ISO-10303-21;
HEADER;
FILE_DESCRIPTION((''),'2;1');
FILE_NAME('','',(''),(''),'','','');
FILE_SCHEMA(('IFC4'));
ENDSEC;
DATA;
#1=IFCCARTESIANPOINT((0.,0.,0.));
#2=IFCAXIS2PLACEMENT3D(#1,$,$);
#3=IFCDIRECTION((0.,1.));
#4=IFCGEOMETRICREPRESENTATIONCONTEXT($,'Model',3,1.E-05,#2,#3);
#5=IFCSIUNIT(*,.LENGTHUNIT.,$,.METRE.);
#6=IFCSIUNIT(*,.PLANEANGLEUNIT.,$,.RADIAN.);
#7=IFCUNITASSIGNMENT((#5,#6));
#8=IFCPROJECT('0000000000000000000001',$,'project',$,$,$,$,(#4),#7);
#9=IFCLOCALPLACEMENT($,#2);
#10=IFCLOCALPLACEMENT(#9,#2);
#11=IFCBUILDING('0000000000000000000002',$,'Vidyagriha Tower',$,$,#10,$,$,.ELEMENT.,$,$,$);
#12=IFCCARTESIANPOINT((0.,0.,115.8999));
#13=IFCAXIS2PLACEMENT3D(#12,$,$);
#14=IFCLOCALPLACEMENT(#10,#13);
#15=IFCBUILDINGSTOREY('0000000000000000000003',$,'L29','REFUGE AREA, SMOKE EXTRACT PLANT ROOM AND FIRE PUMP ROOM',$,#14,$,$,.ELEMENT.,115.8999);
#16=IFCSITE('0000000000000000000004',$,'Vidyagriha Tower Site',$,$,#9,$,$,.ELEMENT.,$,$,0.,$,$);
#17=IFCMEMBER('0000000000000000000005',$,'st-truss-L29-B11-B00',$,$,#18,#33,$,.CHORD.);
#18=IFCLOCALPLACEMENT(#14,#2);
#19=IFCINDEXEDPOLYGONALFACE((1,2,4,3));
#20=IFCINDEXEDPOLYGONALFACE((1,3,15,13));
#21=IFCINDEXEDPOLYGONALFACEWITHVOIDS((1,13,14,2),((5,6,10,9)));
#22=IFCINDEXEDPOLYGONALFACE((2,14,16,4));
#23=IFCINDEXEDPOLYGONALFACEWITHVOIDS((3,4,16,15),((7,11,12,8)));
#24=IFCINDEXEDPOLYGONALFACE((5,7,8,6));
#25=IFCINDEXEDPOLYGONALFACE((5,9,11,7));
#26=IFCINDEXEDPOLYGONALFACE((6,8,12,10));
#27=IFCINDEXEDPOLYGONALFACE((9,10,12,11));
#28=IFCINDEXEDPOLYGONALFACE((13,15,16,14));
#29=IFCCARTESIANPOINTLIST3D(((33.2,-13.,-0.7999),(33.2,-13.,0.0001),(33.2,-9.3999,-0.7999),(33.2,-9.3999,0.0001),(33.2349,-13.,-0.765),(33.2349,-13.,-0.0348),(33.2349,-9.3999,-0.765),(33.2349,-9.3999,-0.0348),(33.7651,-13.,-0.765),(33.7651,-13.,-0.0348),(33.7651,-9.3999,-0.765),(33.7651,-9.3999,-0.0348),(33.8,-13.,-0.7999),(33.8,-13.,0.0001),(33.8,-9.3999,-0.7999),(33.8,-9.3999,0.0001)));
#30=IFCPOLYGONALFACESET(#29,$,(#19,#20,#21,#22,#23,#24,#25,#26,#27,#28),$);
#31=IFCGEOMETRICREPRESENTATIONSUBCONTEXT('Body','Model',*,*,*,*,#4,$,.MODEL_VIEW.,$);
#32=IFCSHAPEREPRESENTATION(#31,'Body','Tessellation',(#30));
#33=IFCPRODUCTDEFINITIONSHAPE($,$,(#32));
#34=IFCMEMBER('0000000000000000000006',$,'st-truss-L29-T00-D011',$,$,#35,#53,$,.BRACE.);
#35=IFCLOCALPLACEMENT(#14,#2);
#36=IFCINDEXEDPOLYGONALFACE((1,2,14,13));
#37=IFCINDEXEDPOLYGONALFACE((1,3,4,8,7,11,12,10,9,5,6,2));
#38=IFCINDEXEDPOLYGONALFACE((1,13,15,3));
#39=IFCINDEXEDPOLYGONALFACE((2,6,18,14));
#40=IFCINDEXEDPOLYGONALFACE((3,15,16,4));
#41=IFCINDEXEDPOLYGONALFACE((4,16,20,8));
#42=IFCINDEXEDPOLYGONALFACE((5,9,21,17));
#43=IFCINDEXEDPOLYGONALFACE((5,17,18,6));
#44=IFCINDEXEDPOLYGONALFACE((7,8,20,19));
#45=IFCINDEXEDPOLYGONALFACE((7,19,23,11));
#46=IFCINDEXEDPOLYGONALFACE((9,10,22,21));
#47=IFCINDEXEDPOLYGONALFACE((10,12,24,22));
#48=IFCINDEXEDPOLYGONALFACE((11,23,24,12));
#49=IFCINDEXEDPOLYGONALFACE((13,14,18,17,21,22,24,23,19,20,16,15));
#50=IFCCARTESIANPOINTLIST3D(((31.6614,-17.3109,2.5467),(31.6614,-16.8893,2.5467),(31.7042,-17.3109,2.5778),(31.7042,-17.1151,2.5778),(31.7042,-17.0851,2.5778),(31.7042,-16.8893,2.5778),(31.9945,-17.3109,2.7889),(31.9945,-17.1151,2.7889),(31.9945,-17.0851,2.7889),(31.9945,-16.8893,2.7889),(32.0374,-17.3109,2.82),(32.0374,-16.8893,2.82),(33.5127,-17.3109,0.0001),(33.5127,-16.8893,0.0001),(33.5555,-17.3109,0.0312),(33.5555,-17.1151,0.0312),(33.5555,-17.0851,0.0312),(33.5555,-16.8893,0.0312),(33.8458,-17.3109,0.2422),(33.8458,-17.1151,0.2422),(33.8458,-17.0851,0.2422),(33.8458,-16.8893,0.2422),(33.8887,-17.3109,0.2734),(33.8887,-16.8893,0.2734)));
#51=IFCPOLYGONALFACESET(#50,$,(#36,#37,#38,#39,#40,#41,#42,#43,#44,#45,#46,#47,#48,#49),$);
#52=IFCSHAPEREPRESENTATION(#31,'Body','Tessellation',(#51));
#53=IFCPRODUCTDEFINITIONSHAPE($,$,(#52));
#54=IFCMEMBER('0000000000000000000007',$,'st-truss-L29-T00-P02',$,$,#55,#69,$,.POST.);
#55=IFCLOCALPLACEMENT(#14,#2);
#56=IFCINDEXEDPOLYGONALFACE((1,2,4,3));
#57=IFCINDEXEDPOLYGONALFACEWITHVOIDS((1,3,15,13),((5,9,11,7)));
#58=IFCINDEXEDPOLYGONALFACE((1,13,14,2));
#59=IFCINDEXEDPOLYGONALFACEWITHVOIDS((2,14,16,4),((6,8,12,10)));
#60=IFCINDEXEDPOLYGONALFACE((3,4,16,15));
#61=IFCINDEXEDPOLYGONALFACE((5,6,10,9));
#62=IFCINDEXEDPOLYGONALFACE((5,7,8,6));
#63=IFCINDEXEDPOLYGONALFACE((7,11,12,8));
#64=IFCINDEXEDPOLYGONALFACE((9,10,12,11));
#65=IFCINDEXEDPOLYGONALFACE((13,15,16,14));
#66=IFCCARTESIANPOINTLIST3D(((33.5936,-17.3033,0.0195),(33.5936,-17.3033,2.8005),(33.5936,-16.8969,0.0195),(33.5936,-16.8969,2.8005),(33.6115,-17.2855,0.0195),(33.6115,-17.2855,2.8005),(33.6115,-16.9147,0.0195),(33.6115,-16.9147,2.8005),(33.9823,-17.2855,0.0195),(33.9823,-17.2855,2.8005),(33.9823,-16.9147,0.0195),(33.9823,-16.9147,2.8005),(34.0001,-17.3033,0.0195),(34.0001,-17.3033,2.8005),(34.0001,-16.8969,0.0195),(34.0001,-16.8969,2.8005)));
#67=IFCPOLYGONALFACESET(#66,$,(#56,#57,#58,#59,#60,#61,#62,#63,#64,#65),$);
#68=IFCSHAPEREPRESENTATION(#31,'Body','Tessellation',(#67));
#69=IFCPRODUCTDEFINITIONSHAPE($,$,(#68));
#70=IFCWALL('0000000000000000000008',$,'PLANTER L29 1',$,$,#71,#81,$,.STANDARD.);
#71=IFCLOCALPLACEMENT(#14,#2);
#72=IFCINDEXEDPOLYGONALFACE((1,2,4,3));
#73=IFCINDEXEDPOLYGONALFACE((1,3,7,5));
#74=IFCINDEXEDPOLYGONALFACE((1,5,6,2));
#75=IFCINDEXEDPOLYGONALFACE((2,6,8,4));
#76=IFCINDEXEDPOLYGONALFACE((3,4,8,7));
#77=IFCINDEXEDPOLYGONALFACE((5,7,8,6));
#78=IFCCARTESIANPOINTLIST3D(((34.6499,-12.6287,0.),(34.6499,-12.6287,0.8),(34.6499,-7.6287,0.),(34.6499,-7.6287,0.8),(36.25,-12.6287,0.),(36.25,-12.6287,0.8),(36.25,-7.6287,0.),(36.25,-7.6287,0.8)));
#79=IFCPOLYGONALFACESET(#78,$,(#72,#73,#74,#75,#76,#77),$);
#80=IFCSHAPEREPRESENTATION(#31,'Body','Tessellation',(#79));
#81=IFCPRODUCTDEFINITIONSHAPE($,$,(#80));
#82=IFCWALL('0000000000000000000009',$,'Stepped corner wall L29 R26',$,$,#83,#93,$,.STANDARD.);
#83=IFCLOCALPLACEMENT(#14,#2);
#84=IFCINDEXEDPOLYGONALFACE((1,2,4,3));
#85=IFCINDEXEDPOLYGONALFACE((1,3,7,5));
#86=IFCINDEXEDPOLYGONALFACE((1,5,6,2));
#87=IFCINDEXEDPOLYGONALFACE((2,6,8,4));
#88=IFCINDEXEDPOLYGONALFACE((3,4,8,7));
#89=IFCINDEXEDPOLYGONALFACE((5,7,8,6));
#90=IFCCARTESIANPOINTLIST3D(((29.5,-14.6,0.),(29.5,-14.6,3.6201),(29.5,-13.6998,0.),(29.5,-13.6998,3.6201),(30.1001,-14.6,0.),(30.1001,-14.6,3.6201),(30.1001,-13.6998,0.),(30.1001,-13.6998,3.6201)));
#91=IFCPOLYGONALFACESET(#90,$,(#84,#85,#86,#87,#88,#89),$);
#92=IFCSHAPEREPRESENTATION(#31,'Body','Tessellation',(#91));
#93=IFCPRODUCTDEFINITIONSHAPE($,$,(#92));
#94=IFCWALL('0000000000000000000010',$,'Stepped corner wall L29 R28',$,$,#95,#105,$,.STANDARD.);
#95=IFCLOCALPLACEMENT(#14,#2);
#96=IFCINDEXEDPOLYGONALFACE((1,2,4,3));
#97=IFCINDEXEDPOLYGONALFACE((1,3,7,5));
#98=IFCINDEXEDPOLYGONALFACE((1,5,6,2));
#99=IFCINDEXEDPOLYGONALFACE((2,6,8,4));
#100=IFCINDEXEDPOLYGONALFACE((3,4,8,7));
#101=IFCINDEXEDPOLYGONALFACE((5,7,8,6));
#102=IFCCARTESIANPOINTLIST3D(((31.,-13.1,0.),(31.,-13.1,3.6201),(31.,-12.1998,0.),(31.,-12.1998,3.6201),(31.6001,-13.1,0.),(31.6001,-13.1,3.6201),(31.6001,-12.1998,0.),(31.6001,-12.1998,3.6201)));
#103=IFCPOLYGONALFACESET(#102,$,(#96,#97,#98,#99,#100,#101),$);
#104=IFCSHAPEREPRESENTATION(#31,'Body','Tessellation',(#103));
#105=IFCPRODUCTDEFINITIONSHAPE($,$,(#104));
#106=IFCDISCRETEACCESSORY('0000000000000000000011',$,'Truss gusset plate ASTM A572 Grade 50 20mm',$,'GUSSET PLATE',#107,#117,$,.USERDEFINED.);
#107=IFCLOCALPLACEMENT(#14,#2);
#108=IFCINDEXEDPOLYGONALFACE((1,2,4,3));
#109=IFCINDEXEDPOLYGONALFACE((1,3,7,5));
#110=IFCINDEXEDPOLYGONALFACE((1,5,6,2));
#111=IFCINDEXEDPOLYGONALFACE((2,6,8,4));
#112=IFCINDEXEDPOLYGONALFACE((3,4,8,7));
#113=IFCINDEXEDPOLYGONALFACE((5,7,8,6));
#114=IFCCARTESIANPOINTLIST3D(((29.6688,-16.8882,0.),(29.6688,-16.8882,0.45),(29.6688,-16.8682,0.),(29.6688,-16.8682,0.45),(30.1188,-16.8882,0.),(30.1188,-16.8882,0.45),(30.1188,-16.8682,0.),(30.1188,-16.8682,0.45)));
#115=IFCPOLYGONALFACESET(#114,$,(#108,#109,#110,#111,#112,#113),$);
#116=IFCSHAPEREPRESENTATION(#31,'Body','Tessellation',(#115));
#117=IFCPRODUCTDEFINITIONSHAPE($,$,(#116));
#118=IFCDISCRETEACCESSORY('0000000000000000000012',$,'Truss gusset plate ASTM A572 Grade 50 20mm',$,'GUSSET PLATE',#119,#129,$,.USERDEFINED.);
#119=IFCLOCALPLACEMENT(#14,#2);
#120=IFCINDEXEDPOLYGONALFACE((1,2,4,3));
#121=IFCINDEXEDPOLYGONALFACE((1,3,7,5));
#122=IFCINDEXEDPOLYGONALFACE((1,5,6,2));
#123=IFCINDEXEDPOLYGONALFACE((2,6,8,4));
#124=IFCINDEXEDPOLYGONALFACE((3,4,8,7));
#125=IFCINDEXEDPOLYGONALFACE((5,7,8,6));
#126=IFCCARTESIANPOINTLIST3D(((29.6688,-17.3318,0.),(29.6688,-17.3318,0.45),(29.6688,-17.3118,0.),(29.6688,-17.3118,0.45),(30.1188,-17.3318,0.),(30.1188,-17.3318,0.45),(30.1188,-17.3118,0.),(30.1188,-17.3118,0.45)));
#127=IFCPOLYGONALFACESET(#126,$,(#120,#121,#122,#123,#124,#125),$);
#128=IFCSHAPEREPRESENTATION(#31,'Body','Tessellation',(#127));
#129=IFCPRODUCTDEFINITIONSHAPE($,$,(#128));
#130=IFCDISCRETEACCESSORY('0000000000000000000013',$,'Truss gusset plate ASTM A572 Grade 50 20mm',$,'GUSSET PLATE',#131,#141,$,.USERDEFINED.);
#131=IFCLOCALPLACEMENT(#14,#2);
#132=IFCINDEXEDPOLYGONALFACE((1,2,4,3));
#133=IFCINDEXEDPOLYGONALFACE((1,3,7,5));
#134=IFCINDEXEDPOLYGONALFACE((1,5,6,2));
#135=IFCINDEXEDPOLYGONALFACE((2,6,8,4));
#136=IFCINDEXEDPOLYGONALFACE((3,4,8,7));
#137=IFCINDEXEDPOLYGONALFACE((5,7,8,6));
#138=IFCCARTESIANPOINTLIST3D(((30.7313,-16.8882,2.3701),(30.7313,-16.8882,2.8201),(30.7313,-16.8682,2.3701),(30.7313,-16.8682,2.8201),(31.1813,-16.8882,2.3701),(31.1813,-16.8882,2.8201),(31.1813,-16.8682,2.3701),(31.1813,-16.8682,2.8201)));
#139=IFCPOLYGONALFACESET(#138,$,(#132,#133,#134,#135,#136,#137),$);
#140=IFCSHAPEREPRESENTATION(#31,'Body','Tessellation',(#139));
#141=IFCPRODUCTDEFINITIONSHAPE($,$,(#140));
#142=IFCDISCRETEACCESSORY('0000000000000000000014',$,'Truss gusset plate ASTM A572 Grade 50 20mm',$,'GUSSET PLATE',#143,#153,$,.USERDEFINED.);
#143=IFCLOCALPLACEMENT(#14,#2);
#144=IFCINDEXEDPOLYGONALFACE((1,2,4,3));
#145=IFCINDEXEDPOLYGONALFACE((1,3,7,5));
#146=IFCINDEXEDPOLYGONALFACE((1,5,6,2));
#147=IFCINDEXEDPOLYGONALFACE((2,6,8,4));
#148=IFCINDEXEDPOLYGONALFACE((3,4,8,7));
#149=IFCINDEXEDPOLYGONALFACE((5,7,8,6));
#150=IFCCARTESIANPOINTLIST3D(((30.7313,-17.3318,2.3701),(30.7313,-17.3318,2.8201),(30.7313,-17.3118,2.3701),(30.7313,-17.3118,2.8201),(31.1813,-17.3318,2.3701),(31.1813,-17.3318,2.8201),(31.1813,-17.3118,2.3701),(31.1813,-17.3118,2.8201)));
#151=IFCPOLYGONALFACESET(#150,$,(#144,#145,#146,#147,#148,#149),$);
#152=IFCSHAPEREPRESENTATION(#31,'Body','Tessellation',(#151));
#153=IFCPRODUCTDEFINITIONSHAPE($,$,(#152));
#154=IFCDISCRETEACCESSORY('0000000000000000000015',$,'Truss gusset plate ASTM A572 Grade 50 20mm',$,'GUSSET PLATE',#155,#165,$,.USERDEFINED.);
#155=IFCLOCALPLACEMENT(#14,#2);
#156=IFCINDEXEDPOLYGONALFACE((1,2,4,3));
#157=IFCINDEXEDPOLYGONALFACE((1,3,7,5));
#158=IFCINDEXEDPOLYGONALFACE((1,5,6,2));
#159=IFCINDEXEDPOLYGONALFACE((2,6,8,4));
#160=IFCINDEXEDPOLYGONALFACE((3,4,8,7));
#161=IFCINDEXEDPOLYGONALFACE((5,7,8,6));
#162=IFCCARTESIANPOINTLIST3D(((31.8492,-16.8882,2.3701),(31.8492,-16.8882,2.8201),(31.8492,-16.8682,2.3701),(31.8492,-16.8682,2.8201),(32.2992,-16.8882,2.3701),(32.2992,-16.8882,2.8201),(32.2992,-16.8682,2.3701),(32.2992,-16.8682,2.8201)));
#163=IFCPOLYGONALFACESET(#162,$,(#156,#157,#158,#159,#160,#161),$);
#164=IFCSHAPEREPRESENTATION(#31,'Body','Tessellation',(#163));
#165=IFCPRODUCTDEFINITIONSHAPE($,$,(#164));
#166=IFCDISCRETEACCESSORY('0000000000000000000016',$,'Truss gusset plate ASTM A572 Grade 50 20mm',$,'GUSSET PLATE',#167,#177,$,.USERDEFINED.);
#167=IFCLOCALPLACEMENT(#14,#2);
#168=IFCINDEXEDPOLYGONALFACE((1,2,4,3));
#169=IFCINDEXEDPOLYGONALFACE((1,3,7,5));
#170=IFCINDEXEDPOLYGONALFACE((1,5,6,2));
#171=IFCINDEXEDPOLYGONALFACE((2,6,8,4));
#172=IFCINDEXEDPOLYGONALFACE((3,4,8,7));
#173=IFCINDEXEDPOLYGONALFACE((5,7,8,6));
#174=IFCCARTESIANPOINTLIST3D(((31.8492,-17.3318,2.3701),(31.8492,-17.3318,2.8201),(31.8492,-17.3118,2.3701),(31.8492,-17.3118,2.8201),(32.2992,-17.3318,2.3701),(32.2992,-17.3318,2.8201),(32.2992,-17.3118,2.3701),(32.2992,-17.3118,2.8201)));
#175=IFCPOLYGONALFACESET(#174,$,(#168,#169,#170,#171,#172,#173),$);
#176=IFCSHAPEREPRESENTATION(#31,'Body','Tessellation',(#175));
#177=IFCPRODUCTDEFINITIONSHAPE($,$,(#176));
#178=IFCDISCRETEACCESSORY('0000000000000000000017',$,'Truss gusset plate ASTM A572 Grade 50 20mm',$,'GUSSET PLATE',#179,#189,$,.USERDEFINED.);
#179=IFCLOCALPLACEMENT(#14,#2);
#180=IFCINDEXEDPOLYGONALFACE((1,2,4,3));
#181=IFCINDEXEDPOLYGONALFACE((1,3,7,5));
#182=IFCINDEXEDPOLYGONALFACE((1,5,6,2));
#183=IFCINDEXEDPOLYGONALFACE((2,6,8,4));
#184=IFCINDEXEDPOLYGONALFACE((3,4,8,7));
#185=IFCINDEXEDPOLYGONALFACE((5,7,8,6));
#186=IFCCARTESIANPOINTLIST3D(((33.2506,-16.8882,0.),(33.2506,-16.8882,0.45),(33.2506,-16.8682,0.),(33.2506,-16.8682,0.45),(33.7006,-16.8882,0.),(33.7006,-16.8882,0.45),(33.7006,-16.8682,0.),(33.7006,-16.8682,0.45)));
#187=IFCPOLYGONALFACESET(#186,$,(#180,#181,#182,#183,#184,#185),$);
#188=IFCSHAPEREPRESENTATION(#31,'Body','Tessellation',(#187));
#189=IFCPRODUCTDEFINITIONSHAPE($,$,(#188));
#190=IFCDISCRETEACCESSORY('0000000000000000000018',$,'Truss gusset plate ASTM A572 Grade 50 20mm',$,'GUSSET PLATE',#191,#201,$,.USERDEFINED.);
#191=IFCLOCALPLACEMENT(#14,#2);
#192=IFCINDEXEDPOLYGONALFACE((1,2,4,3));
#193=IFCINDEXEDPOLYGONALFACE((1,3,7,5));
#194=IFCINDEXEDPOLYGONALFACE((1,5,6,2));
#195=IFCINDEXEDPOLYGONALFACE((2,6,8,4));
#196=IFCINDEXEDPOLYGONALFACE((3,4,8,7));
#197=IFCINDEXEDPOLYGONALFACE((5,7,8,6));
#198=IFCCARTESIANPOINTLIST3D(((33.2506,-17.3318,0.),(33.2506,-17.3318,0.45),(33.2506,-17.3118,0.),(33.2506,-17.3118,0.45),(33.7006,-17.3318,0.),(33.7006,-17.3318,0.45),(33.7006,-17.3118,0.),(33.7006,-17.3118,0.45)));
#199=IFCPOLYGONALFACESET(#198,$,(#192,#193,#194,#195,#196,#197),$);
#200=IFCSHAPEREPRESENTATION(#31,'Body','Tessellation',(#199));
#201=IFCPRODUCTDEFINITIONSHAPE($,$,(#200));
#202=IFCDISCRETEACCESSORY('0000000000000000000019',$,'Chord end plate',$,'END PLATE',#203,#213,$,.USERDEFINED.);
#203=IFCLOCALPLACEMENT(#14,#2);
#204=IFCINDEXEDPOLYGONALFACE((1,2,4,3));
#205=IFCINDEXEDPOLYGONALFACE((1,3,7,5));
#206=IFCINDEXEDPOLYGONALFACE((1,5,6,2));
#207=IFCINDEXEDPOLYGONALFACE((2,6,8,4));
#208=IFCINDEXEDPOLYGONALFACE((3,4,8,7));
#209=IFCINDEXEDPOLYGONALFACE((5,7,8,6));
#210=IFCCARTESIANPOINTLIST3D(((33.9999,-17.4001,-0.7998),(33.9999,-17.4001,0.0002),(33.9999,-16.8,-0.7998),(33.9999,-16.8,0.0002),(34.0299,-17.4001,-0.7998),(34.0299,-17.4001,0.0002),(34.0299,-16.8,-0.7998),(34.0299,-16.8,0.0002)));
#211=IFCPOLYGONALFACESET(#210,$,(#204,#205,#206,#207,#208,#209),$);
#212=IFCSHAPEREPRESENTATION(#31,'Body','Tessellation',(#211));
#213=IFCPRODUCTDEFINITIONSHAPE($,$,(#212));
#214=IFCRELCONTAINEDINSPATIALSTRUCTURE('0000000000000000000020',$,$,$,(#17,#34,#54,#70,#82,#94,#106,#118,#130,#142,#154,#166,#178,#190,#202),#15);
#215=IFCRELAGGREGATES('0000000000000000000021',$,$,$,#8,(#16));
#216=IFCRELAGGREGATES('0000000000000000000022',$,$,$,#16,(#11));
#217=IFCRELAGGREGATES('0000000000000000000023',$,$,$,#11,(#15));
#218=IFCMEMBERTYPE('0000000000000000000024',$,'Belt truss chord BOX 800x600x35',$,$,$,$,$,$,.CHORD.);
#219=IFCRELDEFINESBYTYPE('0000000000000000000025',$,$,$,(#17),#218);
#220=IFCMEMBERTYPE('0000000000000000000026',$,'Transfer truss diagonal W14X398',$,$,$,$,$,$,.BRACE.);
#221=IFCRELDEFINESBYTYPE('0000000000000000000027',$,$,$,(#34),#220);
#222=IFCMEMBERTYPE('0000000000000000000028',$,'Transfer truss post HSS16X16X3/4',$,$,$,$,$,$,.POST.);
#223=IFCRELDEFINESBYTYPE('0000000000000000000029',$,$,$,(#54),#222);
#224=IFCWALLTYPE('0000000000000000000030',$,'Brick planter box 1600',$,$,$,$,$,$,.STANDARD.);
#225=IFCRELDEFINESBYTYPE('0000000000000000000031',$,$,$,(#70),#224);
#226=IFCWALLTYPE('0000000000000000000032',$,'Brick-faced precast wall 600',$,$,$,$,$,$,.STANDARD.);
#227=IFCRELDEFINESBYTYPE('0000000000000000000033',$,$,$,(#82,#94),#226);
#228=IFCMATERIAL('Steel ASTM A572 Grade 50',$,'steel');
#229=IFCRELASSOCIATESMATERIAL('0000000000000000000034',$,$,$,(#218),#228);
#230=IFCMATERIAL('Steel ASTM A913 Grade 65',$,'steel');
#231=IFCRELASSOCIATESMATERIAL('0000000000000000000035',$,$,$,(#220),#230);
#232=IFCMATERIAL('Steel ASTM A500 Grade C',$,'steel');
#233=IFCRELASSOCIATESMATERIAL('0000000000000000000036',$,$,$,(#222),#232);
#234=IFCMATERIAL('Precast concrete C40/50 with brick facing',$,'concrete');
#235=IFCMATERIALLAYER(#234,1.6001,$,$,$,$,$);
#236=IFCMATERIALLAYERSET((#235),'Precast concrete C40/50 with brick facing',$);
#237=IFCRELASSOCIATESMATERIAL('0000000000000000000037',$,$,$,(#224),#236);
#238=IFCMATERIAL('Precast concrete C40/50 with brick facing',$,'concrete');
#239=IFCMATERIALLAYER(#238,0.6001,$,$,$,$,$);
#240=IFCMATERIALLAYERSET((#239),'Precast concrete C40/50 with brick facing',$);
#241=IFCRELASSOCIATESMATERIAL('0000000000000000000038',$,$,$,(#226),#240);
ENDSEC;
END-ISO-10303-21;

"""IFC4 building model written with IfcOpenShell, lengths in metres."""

from ifc_helpers import new_model, si_unit, direction, frame, frame_2d, origin, origin_2d, place, context, subcontext, project, spatial, rectangle, hollow_rectangle, i_section, extrude, material, layer, layer_set, material_profile, profile_set, type_object, element, save


model = new_model("IFC4")

# Units and contexts
model_context = context("Model", 3, precision=1e-05, world=origin(), true_north=direction((0.0, 1.0)))
body_context = subcontext(model_context, "Body", "Model", "MODEL_VIEW")
ifc_project = project(units=[si_unit("LENGTHUNIT", "METRE"), si_unit("PLANEANGLEUNIT", "RADIAN")], contexts=[model_context])

# Site, building, storey
site_placement = place(None, origin())
site = spatial("IfcSite", under=ifc_project, at=site_placement, Name="Vidyagriha Tower Site", CompositionType="ELEMENT", RefElevation=0.0)
building_placement = place(site_placement, origin())
building = spatial("IfcBuilding", under=site, at=building_placement, Name="Vidyagriha Tower", CompositionType="ELEMENT")
storey_placement = place(building_placement, frame((0.0, 0.0, 115.8999)))
storey = spatial("IfcBuildingStorey", under=building, at=storey_placement, Name="L29", Description="REFUGE AREA, SMOKE EXTRACT PLANT ROOM AND FIRE PUMP ROOM", CompositionType="ELEMENT", Elevation=115.8999)

# Members
ifc_material_1 = material(Name="Steel ASTM A572 Grade 50", Category="steel")
ifc_material_profile_1 = material_profile(ifc_material_1, hollow_rectangle(XDim=0.6001, YDim=0.8, WallThickness=0.0349, at=origin_2d()), Name="BOX 800x600x35")
ifc_profile_set_1 = profile_set([ifc_material_profile_1], Name="Steel ASTM A572 Grade 50")
member_type_1 = type_object("IfcMemberType", Name="Belt truss chord BOX 800x600x35", PredefinedType="CHORD", material=ifc_profile_set_1)
member_1_placement = place(storey_placement, frame((33.5, -13.0, -0.3999), z_axis=(0.0, 1.0, 0.0), x_axis=(-1.0, 0.0, 0.0)))
element("IfcMember", 1, at=member_1_placement, inside=storey, type_object=member_type_1, Name="st-truss-L29-B11-B00", PredefinedType="CHORD", context=body_context, shape_type="SweptSolid", body=[
    extrude(hollow_rectangle(XDim=0.6001, YDim=0.8, WallThickness=0.0349, at=origin_2d()), origin(), (0.0, 0.0, 1.0), 3.6001),
])
ifc_material_2 = material(Name="Steel ASTM A913 Grade 65", Category="steel")
ifc_material_profile_2 = material_profile(ifc_material_2, i_section(OverallWidth=0.4216, OverallDepth=0.4648, WebThickness=0.03, FlangeThickness=0.053, at=origin_2d()), Name="W14X398")
ifc_profile_set_2 = profile_set([ifc_material_profile_2], Name="Steel ASTM A913 Grade 65")
member_type_2 = type_object("IfcMemberType", Name="Transfer truss diagonal W14X398", PredefinedType="BRACE", material=ifc_profile_set_2)
member_2_placement = place(storey_placement, frame((31.8494, -17.1001, 2.6833), z_axis=(0.58801, 0.0, -0.808853), x_axis=(0.0, 1.0, 0.0)))
element("IfcMember", 2, at=member_2_placement, inside=storey, type_object=member_type_2, Name="st-truss-L29-T00-D011", PredefinedType="BRACE", context=body_context, shape_type="SweptSolid", body=[
    extrude(i_section(OverallWidth=0.4216, OverallDepth=0.4648, WebThickness=0.03, FlangeThickness=0.053, at=origin_2d()), origin(), (0.0, 0.0, 1.0), 3.1484),
])
ifc_material_3 = material(Name="Steel ASTM A500 Grade C", Category="steel")
ifc_material_profile_3 = material_profile(ifc_material_3, hollow_rectangle(XDim=0.4065, YDim=0.4065, WallThickness=0.0178, at=origin_2d()), Name="HSS16X16X3/4")
ifc_profile_set_3 = profile_set([ifc_material_profile_3], Name="Steel ASTM A500 Grade C")
member_type_3 = type_object("IfcMemberType", Name="Transfer truss post HSS16X16X3/4", PredefinedType="POST", material=ifc_profile_set_3)
member_3_placement = place(storey_placement, frame((33.7969, -17.1001, 0.0195)))
element("IfcMember", 3, at=member_3_placement, inside=storey, type_object=member_type_3, Name="st-truss-L29-T00-P02", PredefinedType="POST", context=body_context, shape_type="SweptSolid", body=[
    extrude(hollow_rectangle(XDim=0.4065, YDim=0.4065, WallThickness=0.0178, at=origin_2d()), origin(), (0.0, 0.0, 1.0), 2.781),
])

# Walls
ifc_material_4 = material(Name="Precast concrete C40/50 with brick facing", Category="concrete")
ifc_layer_1 = layer(ifc_material_4, 1.6001)
ifc_layer_set_1 = layer_set([ifc_layer_1], Name="Precast concrete C40/50 with brick facing")
wall_type_1 = type_object("IfcWallType", Name="Brick planter box 1600", PredefinedType="STANDARD", material=ifc_layer_set_1)
wall_placement = place(storey_placement, frame((35.45, -12.6287, 0.0), z_axis=(0.0, 0.0, 1.0), x_axis=(0.0, 1.0, 0.0)))
element("IfcWall", 4, at=wall_placement, inside=storey, type_object=wall_type_1, Name="PLANTER L29 1", PredefinedType="STANDARD", context=body_context, shape_type="SweptSolid", body=[
    extrude(rectangle(XDim=5.0, YDim=1.6001, at=frame_2d((2.5, 0.0))), origin(), (0.0, 0.0, 1.0), 0.8),
])
ifc_material_5 = material(Name="Precast concrete C40/50 with brick facing", Category="concrete")
ifc_layer_2 = layer(ifc_material_5, 0.6001)
ifc_layer_set_2 = layer_set([ifc_layer_2], Name="Precast concrete C40/50 with brick facing")
wall_type_2 = type_object("IfcWallType", Name="Brick-faced precast wall 600", PredefinedType="STANDARD", material=ifc_layer_set_2)
for number, where, z_axis, x_axis, name in (
    (5, (29.8, -14.6001, 0.0), (0.0, 0.0, 1.0), (0.0, 1.0, 0.0), "Stepped corner wall L29 R26"),
    (6, (31.3, -13.1001, 0.0), (0.0, 0.0, 1.0), (0.0, 1.0, 0.0), "Stepped corner wall L29 R28"),
):
    element("IfcWall", number, at=place(storey_placement, frame(where, z_axis=z_axis, x_axis=x_axis)), inside=storey, type_object=wall_type_2, Name=name, PredefinedType="STANDARD", context=body_context, shape_type="SweptSolid", body=[
        extrude(rectangle(XDim=0.9001, YDim=0.6001, at=frame_2d((0.4502, 0.0))), origin(), (0.0, 0.0, 1.0), 3.6201),
    ])

# Discrete accessories
for number, where, name in (
    (7, (29.8938, -16.8782, 0.0), "Truss gusset plate ASTM A572 Grade 50 20mm"),
    (8, (29.8938, -17.3218, 0.0), "Truss gusset plate ASTM A572 Grade 50 20mm"),
    (9, (30.9563, -16.8782, 2.3701), "Truss gusset plate ASTM A572 Grade 50 20mm"),
    (10, (30.9563, -17.3218, 2.3701), "Truss gusset plate ASTM A572 Grade 50 20mm"),
    (11, (32.0742, -16.8782, 2.3701), "Truss gusset plate ASTM A572 Grade 50 20mm"),
    (12, (32.0742, -17.3218, 2.3701), "Truss gusset plate ASTM A572 Grade 50 20mm"),
    (13, (33.4756, -16.8782, 0.0), "Truss gusset plate ASTM A572 Grade 50 20mm"),
    (14, (33.4756, -17.3218, 0.0), "Truss gusset plate ASTM A572 Grade 50 20mm"),
):
    element("IfcDiscreteAccessory", number, at=place(storey_placement, frame(where)), inside=storey, Name=name, ObjectType="GUSSET PLATE", PredefinedType="USERDEFINED", context=body_context, shape_type="SweptSolid", body=[
        extrude(rectangle(XDim=0.45, YDim=0.02, at=origin_2d()), origin(), (0.0, 0.0, 1.0), 0.45),
    ])
for number, where, name in (
    (15, (34.0149, -17.1001, -0.7998), "Chord end plate"),
):
    element("IfcDiscreteAccessory", number, at=place(storey_placement, frame(where)), inside=storey, Name=name, ObjectType="END PLATE", PredefinedType="USERDEFINED", context=body_context, shape_type="SweptSolid", body=[
        extrude(rectangle(XDim=0.03, YDim=0.6001, at=origin_2d()), origin(), (0.0, 0.0, 1.0), 0.8),
    ])

save(model, "model.ifc")
